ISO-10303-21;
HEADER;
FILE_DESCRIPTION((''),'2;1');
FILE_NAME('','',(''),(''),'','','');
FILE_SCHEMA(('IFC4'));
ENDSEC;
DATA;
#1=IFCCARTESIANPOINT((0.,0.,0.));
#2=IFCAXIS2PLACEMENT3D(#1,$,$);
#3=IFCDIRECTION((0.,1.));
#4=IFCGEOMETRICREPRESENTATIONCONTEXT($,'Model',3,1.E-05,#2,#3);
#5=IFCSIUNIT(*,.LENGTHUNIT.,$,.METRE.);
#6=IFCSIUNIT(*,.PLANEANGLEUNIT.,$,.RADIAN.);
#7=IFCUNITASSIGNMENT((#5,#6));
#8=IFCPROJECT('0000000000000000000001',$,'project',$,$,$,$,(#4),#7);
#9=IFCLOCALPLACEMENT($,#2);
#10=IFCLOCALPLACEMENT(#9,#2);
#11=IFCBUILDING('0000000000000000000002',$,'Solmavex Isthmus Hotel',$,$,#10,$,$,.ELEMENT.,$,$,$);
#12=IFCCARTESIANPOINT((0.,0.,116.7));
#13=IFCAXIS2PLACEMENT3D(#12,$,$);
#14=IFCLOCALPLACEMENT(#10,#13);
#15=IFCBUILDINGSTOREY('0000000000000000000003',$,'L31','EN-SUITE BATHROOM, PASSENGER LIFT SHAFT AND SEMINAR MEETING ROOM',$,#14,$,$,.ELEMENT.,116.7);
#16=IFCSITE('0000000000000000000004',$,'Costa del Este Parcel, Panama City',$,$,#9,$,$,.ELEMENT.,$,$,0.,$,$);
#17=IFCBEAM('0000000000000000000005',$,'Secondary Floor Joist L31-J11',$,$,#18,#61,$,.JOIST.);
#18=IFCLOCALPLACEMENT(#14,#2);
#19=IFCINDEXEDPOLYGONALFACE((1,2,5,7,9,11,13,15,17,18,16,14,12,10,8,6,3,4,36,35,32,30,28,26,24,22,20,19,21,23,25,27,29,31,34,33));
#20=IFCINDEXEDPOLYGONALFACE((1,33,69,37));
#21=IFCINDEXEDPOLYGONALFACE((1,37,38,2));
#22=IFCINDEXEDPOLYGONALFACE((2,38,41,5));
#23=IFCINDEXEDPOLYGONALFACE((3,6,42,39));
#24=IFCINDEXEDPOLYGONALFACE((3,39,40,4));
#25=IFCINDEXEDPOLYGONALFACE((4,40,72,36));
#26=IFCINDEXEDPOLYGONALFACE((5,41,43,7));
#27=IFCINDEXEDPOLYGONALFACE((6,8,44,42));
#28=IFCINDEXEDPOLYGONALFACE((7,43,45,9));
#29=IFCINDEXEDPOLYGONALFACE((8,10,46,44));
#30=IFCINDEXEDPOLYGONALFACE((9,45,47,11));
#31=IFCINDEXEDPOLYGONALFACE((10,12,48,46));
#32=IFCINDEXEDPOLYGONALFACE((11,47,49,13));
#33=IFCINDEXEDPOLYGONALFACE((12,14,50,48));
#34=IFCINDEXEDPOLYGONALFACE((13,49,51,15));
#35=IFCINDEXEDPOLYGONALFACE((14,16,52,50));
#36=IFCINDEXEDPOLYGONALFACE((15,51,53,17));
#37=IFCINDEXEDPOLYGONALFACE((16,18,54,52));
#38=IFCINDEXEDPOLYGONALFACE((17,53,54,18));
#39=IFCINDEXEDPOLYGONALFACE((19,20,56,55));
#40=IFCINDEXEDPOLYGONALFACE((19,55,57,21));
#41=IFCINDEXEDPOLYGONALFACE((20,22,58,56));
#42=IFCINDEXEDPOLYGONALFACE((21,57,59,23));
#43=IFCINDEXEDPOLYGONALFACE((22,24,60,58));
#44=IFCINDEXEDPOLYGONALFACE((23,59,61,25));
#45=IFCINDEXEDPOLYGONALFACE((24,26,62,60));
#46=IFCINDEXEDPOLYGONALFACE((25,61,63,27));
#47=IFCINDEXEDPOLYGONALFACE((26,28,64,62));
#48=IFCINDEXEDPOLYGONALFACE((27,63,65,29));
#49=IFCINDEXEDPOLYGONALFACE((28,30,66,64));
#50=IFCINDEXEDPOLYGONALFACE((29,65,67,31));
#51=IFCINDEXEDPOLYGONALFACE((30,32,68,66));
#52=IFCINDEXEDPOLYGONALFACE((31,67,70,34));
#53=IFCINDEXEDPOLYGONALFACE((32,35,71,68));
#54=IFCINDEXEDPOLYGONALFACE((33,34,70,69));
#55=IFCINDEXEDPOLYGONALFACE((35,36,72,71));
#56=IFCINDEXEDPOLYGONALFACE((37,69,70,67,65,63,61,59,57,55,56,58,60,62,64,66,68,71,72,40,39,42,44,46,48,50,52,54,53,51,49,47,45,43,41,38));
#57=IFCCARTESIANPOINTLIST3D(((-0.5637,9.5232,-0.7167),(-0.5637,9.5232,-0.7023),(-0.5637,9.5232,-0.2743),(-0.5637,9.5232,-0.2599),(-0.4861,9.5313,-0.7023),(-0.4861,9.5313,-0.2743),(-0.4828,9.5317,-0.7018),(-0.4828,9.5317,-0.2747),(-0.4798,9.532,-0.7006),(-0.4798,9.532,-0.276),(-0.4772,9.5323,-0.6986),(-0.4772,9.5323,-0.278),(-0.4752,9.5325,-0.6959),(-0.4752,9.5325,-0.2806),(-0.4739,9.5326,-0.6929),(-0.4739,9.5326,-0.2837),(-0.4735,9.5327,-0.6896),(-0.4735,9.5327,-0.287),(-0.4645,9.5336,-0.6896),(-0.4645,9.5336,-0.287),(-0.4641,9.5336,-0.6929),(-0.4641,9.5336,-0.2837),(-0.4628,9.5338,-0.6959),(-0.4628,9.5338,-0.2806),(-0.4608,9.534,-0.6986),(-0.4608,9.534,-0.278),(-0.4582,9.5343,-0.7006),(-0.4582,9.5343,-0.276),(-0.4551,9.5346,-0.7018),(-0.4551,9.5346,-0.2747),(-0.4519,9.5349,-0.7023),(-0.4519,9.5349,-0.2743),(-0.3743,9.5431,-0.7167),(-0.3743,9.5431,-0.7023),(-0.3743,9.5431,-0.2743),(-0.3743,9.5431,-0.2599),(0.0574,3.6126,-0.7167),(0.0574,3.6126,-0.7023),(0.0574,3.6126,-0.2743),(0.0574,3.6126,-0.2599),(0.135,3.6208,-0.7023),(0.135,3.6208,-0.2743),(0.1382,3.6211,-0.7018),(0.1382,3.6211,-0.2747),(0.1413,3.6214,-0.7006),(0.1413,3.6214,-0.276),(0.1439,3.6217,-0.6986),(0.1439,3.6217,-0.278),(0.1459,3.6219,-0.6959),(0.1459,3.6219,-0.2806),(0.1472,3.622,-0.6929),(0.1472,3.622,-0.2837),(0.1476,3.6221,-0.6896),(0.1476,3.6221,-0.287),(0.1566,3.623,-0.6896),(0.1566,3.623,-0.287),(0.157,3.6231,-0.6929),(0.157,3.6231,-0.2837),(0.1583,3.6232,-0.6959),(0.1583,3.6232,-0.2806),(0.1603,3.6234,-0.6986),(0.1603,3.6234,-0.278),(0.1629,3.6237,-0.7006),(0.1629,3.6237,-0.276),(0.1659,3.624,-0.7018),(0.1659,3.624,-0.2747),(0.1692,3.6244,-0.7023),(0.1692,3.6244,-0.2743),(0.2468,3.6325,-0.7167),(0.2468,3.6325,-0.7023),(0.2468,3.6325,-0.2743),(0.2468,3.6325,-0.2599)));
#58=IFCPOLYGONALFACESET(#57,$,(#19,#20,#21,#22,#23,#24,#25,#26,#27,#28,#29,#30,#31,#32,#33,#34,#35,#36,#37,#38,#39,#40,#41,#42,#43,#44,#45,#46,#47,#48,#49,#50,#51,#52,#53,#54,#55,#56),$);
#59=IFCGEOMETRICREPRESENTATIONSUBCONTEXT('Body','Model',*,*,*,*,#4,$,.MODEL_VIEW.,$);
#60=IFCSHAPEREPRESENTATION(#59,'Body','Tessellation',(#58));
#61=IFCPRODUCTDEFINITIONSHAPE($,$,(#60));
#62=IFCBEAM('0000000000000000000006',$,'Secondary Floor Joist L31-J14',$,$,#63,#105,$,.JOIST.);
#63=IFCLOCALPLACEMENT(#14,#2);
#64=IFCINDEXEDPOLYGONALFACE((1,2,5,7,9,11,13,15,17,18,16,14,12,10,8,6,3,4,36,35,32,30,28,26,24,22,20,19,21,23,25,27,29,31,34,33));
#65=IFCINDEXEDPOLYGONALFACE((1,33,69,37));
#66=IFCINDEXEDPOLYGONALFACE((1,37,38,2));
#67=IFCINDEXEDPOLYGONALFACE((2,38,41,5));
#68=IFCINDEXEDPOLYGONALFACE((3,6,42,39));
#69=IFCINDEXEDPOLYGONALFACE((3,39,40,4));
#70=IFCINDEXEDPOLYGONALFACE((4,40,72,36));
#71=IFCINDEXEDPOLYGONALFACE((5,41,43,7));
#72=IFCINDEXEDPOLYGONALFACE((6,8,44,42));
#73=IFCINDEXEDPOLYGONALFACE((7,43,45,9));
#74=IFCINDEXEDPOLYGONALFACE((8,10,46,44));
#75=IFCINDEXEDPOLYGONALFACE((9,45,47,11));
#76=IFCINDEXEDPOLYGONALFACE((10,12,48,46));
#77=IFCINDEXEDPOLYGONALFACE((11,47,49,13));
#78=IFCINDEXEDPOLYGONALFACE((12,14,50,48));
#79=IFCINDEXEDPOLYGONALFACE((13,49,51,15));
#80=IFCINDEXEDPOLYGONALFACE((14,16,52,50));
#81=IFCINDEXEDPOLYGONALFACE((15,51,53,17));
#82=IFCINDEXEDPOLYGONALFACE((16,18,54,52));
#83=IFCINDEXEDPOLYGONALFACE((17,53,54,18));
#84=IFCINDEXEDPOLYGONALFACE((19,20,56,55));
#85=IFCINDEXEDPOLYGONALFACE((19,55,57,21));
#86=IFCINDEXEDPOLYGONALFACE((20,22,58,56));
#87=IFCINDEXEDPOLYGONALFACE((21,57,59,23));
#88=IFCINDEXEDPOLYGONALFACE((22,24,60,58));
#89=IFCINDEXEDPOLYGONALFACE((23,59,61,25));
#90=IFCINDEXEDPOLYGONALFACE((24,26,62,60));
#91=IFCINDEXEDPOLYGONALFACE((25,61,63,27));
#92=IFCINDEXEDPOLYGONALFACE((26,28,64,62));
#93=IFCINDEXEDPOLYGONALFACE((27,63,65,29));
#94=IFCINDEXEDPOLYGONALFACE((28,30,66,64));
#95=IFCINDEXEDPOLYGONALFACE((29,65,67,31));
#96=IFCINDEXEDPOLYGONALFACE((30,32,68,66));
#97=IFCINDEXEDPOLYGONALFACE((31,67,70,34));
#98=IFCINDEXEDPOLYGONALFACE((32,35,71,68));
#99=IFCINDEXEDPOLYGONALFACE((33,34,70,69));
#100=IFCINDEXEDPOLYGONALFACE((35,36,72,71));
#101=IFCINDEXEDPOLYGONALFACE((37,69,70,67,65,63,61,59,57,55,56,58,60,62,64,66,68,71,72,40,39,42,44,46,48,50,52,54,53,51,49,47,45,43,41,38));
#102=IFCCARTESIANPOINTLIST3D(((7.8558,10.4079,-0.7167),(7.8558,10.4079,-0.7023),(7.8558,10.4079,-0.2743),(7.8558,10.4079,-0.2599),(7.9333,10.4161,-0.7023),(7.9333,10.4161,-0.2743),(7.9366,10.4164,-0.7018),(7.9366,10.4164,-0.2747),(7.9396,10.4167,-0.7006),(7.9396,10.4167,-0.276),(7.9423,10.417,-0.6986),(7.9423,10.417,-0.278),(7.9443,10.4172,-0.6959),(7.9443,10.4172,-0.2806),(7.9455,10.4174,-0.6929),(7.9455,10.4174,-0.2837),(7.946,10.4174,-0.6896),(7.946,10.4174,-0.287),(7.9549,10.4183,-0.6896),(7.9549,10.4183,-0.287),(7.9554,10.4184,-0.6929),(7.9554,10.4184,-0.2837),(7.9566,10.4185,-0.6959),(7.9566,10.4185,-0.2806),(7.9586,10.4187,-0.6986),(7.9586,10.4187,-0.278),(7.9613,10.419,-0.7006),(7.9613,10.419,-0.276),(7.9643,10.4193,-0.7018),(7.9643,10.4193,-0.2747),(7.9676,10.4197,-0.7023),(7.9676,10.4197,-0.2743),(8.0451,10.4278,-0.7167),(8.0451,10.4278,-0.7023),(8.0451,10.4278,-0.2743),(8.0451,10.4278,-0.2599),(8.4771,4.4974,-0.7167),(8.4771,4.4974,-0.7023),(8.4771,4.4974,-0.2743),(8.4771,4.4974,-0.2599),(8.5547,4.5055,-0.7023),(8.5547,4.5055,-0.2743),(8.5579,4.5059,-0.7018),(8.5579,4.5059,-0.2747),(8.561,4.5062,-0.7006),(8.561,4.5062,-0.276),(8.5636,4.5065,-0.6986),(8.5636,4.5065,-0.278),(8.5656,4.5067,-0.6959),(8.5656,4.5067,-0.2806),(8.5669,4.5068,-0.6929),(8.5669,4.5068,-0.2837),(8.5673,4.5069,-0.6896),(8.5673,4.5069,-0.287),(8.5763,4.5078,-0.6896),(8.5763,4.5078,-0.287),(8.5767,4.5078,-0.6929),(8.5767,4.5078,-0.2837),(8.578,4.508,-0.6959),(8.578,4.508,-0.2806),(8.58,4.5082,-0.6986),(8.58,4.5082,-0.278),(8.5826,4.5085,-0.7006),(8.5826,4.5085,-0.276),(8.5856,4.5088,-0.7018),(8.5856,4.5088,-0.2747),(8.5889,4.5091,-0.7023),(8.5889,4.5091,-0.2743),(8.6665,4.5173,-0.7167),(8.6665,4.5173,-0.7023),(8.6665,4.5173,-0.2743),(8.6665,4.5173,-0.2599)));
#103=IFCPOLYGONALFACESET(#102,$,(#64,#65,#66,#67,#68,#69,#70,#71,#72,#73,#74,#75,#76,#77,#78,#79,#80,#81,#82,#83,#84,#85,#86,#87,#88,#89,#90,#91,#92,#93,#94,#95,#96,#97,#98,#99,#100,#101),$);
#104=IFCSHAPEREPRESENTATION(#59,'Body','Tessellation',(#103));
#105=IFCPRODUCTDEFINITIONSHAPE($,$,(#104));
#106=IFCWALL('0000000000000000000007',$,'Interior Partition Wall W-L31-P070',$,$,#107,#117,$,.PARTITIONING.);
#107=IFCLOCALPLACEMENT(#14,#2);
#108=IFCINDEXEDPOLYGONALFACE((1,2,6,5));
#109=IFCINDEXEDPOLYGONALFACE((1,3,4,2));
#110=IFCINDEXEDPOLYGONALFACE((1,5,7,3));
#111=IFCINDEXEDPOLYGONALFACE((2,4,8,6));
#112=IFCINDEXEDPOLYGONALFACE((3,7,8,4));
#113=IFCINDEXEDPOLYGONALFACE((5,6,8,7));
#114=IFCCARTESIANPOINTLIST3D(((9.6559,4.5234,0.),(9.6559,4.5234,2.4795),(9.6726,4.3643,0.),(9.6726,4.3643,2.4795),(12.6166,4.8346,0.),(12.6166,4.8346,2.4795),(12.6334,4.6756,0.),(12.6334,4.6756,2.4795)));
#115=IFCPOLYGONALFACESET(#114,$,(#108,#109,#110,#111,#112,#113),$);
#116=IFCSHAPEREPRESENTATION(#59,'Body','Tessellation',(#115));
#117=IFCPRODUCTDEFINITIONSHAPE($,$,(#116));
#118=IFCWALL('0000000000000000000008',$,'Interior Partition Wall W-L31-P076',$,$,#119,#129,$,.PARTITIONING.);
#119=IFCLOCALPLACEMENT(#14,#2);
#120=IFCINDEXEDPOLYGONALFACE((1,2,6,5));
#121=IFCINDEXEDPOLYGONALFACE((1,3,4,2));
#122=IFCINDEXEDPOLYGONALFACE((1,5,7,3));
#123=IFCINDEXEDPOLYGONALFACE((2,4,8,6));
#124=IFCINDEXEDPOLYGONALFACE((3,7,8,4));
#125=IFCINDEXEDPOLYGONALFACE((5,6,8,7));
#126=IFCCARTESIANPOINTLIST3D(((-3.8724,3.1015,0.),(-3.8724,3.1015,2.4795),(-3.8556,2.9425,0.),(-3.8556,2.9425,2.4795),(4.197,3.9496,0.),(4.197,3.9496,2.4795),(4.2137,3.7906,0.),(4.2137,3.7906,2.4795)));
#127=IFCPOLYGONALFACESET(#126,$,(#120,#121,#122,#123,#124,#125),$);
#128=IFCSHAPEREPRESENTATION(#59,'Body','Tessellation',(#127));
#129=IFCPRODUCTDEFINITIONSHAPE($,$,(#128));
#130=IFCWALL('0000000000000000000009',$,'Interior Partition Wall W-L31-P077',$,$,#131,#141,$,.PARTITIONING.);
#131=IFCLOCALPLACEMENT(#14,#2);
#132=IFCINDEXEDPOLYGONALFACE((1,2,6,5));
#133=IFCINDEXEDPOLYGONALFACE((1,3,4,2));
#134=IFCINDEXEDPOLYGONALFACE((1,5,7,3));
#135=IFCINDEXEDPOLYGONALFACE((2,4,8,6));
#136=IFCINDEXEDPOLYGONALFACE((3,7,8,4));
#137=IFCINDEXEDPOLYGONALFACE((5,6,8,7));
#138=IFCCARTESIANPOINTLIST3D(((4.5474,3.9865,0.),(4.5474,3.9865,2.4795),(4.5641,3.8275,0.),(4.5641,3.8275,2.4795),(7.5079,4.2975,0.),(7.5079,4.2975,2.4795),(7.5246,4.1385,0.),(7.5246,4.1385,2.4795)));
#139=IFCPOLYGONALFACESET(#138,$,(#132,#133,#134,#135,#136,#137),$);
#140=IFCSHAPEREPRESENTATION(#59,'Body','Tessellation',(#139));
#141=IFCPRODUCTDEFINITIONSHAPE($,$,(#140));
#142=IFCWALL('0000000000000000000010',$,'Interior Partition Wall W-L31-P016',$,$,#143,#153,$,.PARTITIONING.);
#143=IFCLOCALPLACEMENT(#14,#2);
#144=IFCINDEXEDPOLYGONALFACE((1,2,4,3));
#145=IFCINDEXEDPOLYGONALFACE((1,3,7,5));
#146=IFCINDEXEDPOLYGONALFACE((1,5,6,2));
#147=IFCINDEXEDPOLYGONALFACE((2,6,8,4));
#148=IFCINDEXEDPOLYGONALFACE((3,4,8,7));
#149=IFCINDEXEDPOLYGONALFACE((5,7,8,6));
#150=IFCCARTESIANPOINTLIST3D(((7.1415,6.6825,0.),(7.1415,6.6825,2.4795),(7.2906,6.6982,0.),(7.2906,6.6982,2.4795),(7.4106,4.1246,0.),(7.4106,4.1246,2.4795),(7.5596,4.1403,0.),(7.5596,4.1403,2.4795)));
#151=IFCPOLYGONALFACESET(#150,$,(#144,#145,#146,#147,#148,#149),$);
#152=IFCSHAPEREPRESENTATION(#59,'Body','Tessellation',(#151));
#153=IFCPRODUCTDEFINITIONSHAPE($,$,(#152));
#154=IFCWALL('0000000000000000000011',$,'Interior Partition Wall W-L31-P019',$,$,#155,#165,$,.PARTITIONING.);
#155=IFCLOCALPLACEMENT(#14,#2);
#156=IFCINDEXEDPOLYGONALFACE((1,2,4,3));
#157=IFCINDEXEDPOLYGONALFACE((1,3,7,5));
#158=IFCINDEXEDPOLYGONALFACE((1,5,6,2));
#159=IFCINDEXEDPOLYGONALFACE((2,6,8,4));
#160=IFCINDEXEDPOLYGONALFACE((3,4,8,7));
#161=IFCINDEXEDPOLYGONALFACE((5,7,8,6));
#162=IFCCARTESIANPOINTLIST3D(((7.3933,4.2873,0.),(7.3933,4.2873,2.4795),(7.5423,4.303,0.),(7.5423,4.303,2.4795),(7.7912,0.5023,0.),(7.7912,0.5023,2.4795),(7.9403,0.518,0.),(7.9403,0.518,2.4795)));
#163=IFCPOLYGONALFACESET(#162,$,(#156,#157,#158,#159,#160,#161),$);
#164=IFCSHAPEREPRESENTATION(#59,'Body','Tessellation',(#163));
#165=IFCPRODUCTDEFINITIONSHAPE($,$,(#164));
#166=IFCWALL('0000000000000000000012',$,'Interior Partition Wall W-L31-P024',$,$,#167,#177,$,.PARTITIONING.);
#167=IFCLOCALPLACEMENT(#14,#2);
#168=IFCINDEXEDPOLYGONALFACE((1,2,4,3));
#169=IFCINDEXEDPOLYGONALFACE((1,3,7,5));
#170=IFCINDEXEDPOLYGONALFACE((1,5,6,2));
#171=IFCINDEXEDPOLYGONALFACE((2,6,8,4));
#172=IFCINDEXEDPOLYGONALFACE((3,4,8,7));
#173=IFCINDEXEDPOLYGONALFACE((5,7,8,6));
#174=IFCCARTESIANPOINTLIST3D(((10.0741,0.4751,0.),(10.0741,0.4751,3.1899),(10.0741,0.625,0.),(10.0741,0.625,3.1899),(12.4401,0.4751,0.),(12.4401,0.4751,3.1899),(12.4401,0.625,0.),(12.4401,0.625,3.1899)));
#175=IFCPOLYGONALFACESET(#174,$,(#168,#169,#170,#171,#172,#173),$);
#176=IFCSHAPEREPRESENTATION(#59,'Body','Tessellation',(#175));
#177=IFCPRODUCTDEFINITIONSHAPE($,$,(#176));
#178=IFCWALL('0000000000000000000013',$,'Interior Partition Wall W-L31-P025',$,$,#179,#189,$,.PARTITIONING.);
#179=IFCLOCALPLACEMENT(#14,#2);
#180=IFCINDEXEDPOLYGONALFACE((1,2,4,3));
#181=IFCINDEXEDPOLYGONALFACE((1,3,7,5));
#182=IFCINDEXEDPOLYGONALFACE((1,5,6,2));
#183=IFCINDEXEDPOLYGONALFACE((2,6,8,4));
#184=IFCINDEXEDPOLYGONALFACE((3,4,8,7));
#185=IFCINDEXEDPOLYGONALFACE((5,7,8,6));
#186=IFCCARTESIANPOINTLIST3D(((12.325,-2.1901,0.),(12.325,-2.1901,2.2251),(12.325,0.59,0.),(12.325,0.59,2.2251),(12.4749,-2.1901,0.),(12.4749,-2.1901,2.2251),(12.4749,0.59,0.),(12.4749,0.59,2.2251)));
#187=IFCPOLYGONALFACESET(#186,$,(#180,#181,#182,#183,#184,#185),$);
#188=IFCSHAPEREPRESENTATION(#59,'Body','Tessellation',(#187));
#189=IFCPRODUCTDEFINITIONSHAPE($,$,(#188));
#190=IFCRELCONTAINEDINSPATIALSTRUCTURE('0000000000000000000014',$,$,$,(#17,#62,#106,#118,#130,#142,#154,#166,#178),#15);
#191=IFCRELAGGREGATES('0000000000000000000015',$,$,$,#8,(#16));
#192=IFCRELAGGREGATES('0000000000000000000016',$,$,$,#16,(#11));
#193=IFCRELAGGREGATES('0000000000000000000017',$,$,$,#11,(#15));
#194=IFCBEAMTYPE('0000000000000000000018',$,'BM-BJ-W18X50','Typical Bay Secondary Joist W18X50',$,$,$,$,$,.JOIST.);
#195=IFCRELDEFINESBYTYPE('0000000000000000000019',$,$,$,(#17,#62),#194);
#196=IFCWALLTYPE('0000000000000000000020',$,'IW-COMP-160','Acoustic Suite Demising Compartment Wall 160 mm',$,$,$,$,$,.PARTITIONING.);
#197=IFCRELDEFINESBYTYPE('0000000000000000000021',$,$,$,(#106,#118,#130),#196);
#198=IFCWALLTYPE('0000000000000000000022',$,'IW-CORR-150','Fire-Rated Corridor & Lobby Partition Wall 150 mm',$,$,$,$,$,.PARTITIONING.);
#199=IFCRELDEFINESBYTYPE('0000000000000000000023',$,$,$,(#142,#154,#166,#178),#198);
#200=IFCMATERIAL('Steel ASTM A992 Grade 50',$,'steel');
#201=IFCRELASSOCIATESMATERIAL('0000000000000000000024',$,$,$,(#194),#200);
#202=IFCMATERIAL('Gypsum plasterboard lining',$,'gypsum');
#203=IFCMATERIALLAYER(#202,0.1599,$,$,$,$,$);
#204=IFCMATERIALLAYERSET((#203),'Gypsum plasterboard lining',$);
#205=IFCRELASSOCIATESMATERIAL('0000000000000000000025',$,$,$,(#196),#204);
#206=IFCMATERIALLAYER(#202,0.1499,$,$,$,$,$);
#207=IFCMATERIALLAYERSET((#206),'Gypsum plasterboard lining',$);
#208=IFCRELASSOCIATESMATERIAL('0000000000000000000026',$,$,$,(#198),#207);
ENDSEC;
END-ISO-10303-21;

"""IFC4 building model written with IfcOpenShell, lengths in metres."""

from ifc_helpers import new_model, si_unit, direction, frame, frame_2d, origin, origin_2d, place, context, subcontext, project, spatial, rectangle, i_section, extrude, material, layer, layer_set, material_profile, profile_set, type_object, element, save


model = new_model("IFC4")

# Units and contexts
model_context = context("Model", 3, precision=1e-05, world=origin(), true_north=direction((0.0, 1.0)))
body_context = subcontext(model_context, "Body", "Model", "MODEL_VIEW")
ifc_project = project(units=[si_unit("LENGTHUNIT", "METRE"), si_unit("PLANEANGLEUNIT", "RADIAN")], contexts=[model_context])

# Site, building, storey
site_placement = place(None, origin())
site = spatial("IfcSite", under=ifc_project, at=site_placement, Name="Costa del Este Parcel, Panama City", CompositionType="ELEMENT", RefElevation=0.0)
building_placement = place(site_placement, origin())
building = spatial("IfcBuilding", under=site, at=building_placement, Name="Solmavex Isthmus Hotel", CompositionType="ELEMENT")
storey_placement = place(building_placement, frame((0.0, 0.0, 116.7)))
storey = spatial("IfcBuildingStorey", under=building, at=storey_placement, Name="L31", Description="EN-SUITE BATHROOM, PASSENGER LIFT SHAFT AND SEMINAR MEETING ROOM", CompositionType="ELEMENT", Elevation=116.7)

# Beams
ifc_material_1 = material(Name="Steel ASTM A992 Grade 50", Category="steel")
ifc_material_profile_1 = material_profile(ifc_material_1, i_section(OverallWidth=0.1904, OverallDepth=0.4568, WebThickness=0.009, FlangeThickness=0.0144, FilletRadius=0.0127, at=origin_2d()), Name="W18X50")
ifc_profile_set_1 = profile_set([ifc_material_profile_1], Name="Steel ASTM A992 Grade 50")
beam_type_1 = type_object("IfcBeamType", Name="BM-BJ-W18X50", Description="Typical Bay Secondary Joist W18X50", PredefinedType="JOIST", material=ifc_profile_set_1)
for number, where, z_axis, x_axis, name in (
    (1, (0.1521, 3.6226, -0.4883), (-0.104505, 0.994524, 0.0), (-0.994524, -0.104505, 0.0), "Secondary Floor Joist L31-J11"),
    (2, (8.5718, 4.5073, -0.4883), (-0.104546, 0.99452, 0.0), (-0.99452, -0.104546, 0.0), "Secondary Floor Joist L31-J14"),
):
    element("IfcBeam", number, at=place(storey_placement, frame(where, z_axis=z_axis, x_axis=x_axis)), inside=storey, type_object=beam_type_1, Name=name, PredefinedType="JOIST", context=body_context, shape_type="SweptSolid", body=[
        extrude(i_section(OverallWidth=0.1904, OverallDepth=0.4568, WebThickness=0.009, FlangeThickness=0.0144, FilletRadius=0.0127, at=origin_2d()), origin(), (0.0, 0.0, 1.0), 5.9431),
    ])

# Walls
ifc_material_2 = material(Name="Gypsum plasterboard lining", Category="gypsum")
ifc_layer_1 = layer(ifc_material_2, 0.1599)
ifc_layer_set_1 = layer_set([ifc_layer_1], Name="Gypsum plasterboard lining")
wall_type_1 = type_object("IfcWallType", Name="IW-COMP-160", Description="Acoustic Suite Demising Compartment Wall 160 mm", PredefinedType="PARTITIONING", material=ifc_layer_set_1)
wall_1_placement = place(storey_placement, frame((12.625, 4.7551, 0.0), z_axis=(0.0, 0.0, 1.0), x_axis=(-0.994518, -0.104561, 0.0)))
element("IfcWall", 3, at=wall_1_placement, inside=storey, type_object=wall_type_1, Name="Interior Partition Wall W-L31-P070", PredefinedType="PARTITIONING", context=body_context, shape_type="SweptSolid", body=[
    extrude(rectangle(XDim=2.9771, YDim=0.1599, at=frame_2d((1.4885, 0.0))), origin(), (0.0, 0.0, 1.0), 2.4795),
])
wall_2_placement = place(storey_placement, frame((4.2053, 3.8701, 0.0), z_axis=(0.0, 0.0, 1.0), x_axis=(-0.994522, -0.104531, 0.0)))
element("IfcWall", 4, at=wall_2_placement, inside=storey, type_object=wall_type_1, Name="Interior Partition Wall W-L31-P076", PredefinedType="PARTITIONING", context=body_context, shape_type="SweptSolid", body=[
    extrude(rectangle(XDim=8.1138, YDim=0.1599, at=frame_2d((4.0569, 0.0))), origin(), (0.0, 0.0, 1.0), 2.4795),
])
wall_3_placement = place(storey_placement, frame((7.5161, 4.218, 0.0), z_axis=(0.0, 0.0, 1.0), x_axis=(-0.994526, -0.104488, 0.0)))
element("IfcWall", 5, at=wall_3_placement, inside=storey, type_object=wall_type_1, Name="Interior Partition Wall W-L31-P077", PredefinedType="PARTITIONING", context=body_context, shape_type="SweptSolid", body=[
    extrude(rectangle(XDim=2.9768, YDim=0.1599, at=frame_2d((1.4883, 0.0))), origin(), (0.0, 0.0, 1.0), 2.4795),
])
ifc_layer_2 = layer(ifc_material_2, 0.1499)
ifc_layer_set_2 = layer_set([ifc_layer_2], Name="Gypsum plasterboard lining")
wall_type_2 = type_object("IfcWallType", Name="IW-CORR-150", Description="Fire-Rated Corridor & Lobby Partition Wall 150 mm", PredefinedType="PARTITIONING", material=ifc_layer_set_2)
wall_4_placement = place(storey_placement, frame((7.4851, 4.1323, 0.0), z_axis=(0.0, 0.0, 1.0), x_axis=(-0.104606, 0.994514, 0.0)))
element("IfcWall", 6, at=wall_4_placement, inside=storey, type_object=wall_type_2, Name="Interior Partition Wall W-L31-P016", PredefinedType="PARTITIONING", context=body_context, shape_type="SweptSolid", body=[
    extrude(rectangle(XDim=2.572, YDim=0.1499, at=frame_2d((1.2861, 0.0))), origin(), (0.0, 0.0, 1.0), 2.4795),
])
wall_5_placement = place(storey_placement, frame((7.8657, 0.5103, 0.0), z_axis=(0.0, 0.0, 1.0), x_axis=(-0.104558, 0.994519, 0.0)))
element("IfcWall", 7, at=wall_5_placement, inside=storey, type_object=wall_type_2, Name="Interior Partition Wall W-L31-P019", PredefinedType="PARTITIONING", context=body_context, shape_type="SweptSolid", body=[
    extrude(rectangle(XDim=3.8059, YDim=0.1499, at=frame_2d((1.9028, 0.0))), origin(), (0.0, 0.0, 1.0), 2.4795),
])

# Walls
wall_6_placement = place(storey_placement, frame((10.074, 0.55, 0.0), z_axis=(0.0, 0.0, 1.0), x_axis=(1.0, 0.0, 0.0)))
element("IfcWall", 8, at=wall_6_placement, inside=storey, type_object=wall_type_2, Name="Interior Partition Wall W-L31-P024", PredefinedType="PARTITIONING", context=body_context, shape_type="SweptSolid", body=[
    extrude(rectangle(XDim=2.366, YDim=0.1499, at=frame_2d((1.1831, 0.0))), origin(), (0.0, 0.0, 1.0), 3.1899),
])
wall_7_placement = place(storey_placement, frame((12.3999, 0.5901, 0.0), z_axis=(0.0, 0.0, 1.0), x_axis=(0.0, -1.0, 0.0)))
element("IfcWall", 9, at=wall_7_placement, inside=storey, type_object=wall_type_2, Name="Interior Partition Wall W-L31-P025", PredefinedType="PARTITIONING", context=body_context, shape_type="SweptSolid", body=[
    extrude(rectangle(XDim=2.78, YDim=0.1499, at=frame_2d((1.3901, 0.0))), origin(), (0.0, 0.0, 1.0), 2.2251),
])

save(model, "model.ifc")
